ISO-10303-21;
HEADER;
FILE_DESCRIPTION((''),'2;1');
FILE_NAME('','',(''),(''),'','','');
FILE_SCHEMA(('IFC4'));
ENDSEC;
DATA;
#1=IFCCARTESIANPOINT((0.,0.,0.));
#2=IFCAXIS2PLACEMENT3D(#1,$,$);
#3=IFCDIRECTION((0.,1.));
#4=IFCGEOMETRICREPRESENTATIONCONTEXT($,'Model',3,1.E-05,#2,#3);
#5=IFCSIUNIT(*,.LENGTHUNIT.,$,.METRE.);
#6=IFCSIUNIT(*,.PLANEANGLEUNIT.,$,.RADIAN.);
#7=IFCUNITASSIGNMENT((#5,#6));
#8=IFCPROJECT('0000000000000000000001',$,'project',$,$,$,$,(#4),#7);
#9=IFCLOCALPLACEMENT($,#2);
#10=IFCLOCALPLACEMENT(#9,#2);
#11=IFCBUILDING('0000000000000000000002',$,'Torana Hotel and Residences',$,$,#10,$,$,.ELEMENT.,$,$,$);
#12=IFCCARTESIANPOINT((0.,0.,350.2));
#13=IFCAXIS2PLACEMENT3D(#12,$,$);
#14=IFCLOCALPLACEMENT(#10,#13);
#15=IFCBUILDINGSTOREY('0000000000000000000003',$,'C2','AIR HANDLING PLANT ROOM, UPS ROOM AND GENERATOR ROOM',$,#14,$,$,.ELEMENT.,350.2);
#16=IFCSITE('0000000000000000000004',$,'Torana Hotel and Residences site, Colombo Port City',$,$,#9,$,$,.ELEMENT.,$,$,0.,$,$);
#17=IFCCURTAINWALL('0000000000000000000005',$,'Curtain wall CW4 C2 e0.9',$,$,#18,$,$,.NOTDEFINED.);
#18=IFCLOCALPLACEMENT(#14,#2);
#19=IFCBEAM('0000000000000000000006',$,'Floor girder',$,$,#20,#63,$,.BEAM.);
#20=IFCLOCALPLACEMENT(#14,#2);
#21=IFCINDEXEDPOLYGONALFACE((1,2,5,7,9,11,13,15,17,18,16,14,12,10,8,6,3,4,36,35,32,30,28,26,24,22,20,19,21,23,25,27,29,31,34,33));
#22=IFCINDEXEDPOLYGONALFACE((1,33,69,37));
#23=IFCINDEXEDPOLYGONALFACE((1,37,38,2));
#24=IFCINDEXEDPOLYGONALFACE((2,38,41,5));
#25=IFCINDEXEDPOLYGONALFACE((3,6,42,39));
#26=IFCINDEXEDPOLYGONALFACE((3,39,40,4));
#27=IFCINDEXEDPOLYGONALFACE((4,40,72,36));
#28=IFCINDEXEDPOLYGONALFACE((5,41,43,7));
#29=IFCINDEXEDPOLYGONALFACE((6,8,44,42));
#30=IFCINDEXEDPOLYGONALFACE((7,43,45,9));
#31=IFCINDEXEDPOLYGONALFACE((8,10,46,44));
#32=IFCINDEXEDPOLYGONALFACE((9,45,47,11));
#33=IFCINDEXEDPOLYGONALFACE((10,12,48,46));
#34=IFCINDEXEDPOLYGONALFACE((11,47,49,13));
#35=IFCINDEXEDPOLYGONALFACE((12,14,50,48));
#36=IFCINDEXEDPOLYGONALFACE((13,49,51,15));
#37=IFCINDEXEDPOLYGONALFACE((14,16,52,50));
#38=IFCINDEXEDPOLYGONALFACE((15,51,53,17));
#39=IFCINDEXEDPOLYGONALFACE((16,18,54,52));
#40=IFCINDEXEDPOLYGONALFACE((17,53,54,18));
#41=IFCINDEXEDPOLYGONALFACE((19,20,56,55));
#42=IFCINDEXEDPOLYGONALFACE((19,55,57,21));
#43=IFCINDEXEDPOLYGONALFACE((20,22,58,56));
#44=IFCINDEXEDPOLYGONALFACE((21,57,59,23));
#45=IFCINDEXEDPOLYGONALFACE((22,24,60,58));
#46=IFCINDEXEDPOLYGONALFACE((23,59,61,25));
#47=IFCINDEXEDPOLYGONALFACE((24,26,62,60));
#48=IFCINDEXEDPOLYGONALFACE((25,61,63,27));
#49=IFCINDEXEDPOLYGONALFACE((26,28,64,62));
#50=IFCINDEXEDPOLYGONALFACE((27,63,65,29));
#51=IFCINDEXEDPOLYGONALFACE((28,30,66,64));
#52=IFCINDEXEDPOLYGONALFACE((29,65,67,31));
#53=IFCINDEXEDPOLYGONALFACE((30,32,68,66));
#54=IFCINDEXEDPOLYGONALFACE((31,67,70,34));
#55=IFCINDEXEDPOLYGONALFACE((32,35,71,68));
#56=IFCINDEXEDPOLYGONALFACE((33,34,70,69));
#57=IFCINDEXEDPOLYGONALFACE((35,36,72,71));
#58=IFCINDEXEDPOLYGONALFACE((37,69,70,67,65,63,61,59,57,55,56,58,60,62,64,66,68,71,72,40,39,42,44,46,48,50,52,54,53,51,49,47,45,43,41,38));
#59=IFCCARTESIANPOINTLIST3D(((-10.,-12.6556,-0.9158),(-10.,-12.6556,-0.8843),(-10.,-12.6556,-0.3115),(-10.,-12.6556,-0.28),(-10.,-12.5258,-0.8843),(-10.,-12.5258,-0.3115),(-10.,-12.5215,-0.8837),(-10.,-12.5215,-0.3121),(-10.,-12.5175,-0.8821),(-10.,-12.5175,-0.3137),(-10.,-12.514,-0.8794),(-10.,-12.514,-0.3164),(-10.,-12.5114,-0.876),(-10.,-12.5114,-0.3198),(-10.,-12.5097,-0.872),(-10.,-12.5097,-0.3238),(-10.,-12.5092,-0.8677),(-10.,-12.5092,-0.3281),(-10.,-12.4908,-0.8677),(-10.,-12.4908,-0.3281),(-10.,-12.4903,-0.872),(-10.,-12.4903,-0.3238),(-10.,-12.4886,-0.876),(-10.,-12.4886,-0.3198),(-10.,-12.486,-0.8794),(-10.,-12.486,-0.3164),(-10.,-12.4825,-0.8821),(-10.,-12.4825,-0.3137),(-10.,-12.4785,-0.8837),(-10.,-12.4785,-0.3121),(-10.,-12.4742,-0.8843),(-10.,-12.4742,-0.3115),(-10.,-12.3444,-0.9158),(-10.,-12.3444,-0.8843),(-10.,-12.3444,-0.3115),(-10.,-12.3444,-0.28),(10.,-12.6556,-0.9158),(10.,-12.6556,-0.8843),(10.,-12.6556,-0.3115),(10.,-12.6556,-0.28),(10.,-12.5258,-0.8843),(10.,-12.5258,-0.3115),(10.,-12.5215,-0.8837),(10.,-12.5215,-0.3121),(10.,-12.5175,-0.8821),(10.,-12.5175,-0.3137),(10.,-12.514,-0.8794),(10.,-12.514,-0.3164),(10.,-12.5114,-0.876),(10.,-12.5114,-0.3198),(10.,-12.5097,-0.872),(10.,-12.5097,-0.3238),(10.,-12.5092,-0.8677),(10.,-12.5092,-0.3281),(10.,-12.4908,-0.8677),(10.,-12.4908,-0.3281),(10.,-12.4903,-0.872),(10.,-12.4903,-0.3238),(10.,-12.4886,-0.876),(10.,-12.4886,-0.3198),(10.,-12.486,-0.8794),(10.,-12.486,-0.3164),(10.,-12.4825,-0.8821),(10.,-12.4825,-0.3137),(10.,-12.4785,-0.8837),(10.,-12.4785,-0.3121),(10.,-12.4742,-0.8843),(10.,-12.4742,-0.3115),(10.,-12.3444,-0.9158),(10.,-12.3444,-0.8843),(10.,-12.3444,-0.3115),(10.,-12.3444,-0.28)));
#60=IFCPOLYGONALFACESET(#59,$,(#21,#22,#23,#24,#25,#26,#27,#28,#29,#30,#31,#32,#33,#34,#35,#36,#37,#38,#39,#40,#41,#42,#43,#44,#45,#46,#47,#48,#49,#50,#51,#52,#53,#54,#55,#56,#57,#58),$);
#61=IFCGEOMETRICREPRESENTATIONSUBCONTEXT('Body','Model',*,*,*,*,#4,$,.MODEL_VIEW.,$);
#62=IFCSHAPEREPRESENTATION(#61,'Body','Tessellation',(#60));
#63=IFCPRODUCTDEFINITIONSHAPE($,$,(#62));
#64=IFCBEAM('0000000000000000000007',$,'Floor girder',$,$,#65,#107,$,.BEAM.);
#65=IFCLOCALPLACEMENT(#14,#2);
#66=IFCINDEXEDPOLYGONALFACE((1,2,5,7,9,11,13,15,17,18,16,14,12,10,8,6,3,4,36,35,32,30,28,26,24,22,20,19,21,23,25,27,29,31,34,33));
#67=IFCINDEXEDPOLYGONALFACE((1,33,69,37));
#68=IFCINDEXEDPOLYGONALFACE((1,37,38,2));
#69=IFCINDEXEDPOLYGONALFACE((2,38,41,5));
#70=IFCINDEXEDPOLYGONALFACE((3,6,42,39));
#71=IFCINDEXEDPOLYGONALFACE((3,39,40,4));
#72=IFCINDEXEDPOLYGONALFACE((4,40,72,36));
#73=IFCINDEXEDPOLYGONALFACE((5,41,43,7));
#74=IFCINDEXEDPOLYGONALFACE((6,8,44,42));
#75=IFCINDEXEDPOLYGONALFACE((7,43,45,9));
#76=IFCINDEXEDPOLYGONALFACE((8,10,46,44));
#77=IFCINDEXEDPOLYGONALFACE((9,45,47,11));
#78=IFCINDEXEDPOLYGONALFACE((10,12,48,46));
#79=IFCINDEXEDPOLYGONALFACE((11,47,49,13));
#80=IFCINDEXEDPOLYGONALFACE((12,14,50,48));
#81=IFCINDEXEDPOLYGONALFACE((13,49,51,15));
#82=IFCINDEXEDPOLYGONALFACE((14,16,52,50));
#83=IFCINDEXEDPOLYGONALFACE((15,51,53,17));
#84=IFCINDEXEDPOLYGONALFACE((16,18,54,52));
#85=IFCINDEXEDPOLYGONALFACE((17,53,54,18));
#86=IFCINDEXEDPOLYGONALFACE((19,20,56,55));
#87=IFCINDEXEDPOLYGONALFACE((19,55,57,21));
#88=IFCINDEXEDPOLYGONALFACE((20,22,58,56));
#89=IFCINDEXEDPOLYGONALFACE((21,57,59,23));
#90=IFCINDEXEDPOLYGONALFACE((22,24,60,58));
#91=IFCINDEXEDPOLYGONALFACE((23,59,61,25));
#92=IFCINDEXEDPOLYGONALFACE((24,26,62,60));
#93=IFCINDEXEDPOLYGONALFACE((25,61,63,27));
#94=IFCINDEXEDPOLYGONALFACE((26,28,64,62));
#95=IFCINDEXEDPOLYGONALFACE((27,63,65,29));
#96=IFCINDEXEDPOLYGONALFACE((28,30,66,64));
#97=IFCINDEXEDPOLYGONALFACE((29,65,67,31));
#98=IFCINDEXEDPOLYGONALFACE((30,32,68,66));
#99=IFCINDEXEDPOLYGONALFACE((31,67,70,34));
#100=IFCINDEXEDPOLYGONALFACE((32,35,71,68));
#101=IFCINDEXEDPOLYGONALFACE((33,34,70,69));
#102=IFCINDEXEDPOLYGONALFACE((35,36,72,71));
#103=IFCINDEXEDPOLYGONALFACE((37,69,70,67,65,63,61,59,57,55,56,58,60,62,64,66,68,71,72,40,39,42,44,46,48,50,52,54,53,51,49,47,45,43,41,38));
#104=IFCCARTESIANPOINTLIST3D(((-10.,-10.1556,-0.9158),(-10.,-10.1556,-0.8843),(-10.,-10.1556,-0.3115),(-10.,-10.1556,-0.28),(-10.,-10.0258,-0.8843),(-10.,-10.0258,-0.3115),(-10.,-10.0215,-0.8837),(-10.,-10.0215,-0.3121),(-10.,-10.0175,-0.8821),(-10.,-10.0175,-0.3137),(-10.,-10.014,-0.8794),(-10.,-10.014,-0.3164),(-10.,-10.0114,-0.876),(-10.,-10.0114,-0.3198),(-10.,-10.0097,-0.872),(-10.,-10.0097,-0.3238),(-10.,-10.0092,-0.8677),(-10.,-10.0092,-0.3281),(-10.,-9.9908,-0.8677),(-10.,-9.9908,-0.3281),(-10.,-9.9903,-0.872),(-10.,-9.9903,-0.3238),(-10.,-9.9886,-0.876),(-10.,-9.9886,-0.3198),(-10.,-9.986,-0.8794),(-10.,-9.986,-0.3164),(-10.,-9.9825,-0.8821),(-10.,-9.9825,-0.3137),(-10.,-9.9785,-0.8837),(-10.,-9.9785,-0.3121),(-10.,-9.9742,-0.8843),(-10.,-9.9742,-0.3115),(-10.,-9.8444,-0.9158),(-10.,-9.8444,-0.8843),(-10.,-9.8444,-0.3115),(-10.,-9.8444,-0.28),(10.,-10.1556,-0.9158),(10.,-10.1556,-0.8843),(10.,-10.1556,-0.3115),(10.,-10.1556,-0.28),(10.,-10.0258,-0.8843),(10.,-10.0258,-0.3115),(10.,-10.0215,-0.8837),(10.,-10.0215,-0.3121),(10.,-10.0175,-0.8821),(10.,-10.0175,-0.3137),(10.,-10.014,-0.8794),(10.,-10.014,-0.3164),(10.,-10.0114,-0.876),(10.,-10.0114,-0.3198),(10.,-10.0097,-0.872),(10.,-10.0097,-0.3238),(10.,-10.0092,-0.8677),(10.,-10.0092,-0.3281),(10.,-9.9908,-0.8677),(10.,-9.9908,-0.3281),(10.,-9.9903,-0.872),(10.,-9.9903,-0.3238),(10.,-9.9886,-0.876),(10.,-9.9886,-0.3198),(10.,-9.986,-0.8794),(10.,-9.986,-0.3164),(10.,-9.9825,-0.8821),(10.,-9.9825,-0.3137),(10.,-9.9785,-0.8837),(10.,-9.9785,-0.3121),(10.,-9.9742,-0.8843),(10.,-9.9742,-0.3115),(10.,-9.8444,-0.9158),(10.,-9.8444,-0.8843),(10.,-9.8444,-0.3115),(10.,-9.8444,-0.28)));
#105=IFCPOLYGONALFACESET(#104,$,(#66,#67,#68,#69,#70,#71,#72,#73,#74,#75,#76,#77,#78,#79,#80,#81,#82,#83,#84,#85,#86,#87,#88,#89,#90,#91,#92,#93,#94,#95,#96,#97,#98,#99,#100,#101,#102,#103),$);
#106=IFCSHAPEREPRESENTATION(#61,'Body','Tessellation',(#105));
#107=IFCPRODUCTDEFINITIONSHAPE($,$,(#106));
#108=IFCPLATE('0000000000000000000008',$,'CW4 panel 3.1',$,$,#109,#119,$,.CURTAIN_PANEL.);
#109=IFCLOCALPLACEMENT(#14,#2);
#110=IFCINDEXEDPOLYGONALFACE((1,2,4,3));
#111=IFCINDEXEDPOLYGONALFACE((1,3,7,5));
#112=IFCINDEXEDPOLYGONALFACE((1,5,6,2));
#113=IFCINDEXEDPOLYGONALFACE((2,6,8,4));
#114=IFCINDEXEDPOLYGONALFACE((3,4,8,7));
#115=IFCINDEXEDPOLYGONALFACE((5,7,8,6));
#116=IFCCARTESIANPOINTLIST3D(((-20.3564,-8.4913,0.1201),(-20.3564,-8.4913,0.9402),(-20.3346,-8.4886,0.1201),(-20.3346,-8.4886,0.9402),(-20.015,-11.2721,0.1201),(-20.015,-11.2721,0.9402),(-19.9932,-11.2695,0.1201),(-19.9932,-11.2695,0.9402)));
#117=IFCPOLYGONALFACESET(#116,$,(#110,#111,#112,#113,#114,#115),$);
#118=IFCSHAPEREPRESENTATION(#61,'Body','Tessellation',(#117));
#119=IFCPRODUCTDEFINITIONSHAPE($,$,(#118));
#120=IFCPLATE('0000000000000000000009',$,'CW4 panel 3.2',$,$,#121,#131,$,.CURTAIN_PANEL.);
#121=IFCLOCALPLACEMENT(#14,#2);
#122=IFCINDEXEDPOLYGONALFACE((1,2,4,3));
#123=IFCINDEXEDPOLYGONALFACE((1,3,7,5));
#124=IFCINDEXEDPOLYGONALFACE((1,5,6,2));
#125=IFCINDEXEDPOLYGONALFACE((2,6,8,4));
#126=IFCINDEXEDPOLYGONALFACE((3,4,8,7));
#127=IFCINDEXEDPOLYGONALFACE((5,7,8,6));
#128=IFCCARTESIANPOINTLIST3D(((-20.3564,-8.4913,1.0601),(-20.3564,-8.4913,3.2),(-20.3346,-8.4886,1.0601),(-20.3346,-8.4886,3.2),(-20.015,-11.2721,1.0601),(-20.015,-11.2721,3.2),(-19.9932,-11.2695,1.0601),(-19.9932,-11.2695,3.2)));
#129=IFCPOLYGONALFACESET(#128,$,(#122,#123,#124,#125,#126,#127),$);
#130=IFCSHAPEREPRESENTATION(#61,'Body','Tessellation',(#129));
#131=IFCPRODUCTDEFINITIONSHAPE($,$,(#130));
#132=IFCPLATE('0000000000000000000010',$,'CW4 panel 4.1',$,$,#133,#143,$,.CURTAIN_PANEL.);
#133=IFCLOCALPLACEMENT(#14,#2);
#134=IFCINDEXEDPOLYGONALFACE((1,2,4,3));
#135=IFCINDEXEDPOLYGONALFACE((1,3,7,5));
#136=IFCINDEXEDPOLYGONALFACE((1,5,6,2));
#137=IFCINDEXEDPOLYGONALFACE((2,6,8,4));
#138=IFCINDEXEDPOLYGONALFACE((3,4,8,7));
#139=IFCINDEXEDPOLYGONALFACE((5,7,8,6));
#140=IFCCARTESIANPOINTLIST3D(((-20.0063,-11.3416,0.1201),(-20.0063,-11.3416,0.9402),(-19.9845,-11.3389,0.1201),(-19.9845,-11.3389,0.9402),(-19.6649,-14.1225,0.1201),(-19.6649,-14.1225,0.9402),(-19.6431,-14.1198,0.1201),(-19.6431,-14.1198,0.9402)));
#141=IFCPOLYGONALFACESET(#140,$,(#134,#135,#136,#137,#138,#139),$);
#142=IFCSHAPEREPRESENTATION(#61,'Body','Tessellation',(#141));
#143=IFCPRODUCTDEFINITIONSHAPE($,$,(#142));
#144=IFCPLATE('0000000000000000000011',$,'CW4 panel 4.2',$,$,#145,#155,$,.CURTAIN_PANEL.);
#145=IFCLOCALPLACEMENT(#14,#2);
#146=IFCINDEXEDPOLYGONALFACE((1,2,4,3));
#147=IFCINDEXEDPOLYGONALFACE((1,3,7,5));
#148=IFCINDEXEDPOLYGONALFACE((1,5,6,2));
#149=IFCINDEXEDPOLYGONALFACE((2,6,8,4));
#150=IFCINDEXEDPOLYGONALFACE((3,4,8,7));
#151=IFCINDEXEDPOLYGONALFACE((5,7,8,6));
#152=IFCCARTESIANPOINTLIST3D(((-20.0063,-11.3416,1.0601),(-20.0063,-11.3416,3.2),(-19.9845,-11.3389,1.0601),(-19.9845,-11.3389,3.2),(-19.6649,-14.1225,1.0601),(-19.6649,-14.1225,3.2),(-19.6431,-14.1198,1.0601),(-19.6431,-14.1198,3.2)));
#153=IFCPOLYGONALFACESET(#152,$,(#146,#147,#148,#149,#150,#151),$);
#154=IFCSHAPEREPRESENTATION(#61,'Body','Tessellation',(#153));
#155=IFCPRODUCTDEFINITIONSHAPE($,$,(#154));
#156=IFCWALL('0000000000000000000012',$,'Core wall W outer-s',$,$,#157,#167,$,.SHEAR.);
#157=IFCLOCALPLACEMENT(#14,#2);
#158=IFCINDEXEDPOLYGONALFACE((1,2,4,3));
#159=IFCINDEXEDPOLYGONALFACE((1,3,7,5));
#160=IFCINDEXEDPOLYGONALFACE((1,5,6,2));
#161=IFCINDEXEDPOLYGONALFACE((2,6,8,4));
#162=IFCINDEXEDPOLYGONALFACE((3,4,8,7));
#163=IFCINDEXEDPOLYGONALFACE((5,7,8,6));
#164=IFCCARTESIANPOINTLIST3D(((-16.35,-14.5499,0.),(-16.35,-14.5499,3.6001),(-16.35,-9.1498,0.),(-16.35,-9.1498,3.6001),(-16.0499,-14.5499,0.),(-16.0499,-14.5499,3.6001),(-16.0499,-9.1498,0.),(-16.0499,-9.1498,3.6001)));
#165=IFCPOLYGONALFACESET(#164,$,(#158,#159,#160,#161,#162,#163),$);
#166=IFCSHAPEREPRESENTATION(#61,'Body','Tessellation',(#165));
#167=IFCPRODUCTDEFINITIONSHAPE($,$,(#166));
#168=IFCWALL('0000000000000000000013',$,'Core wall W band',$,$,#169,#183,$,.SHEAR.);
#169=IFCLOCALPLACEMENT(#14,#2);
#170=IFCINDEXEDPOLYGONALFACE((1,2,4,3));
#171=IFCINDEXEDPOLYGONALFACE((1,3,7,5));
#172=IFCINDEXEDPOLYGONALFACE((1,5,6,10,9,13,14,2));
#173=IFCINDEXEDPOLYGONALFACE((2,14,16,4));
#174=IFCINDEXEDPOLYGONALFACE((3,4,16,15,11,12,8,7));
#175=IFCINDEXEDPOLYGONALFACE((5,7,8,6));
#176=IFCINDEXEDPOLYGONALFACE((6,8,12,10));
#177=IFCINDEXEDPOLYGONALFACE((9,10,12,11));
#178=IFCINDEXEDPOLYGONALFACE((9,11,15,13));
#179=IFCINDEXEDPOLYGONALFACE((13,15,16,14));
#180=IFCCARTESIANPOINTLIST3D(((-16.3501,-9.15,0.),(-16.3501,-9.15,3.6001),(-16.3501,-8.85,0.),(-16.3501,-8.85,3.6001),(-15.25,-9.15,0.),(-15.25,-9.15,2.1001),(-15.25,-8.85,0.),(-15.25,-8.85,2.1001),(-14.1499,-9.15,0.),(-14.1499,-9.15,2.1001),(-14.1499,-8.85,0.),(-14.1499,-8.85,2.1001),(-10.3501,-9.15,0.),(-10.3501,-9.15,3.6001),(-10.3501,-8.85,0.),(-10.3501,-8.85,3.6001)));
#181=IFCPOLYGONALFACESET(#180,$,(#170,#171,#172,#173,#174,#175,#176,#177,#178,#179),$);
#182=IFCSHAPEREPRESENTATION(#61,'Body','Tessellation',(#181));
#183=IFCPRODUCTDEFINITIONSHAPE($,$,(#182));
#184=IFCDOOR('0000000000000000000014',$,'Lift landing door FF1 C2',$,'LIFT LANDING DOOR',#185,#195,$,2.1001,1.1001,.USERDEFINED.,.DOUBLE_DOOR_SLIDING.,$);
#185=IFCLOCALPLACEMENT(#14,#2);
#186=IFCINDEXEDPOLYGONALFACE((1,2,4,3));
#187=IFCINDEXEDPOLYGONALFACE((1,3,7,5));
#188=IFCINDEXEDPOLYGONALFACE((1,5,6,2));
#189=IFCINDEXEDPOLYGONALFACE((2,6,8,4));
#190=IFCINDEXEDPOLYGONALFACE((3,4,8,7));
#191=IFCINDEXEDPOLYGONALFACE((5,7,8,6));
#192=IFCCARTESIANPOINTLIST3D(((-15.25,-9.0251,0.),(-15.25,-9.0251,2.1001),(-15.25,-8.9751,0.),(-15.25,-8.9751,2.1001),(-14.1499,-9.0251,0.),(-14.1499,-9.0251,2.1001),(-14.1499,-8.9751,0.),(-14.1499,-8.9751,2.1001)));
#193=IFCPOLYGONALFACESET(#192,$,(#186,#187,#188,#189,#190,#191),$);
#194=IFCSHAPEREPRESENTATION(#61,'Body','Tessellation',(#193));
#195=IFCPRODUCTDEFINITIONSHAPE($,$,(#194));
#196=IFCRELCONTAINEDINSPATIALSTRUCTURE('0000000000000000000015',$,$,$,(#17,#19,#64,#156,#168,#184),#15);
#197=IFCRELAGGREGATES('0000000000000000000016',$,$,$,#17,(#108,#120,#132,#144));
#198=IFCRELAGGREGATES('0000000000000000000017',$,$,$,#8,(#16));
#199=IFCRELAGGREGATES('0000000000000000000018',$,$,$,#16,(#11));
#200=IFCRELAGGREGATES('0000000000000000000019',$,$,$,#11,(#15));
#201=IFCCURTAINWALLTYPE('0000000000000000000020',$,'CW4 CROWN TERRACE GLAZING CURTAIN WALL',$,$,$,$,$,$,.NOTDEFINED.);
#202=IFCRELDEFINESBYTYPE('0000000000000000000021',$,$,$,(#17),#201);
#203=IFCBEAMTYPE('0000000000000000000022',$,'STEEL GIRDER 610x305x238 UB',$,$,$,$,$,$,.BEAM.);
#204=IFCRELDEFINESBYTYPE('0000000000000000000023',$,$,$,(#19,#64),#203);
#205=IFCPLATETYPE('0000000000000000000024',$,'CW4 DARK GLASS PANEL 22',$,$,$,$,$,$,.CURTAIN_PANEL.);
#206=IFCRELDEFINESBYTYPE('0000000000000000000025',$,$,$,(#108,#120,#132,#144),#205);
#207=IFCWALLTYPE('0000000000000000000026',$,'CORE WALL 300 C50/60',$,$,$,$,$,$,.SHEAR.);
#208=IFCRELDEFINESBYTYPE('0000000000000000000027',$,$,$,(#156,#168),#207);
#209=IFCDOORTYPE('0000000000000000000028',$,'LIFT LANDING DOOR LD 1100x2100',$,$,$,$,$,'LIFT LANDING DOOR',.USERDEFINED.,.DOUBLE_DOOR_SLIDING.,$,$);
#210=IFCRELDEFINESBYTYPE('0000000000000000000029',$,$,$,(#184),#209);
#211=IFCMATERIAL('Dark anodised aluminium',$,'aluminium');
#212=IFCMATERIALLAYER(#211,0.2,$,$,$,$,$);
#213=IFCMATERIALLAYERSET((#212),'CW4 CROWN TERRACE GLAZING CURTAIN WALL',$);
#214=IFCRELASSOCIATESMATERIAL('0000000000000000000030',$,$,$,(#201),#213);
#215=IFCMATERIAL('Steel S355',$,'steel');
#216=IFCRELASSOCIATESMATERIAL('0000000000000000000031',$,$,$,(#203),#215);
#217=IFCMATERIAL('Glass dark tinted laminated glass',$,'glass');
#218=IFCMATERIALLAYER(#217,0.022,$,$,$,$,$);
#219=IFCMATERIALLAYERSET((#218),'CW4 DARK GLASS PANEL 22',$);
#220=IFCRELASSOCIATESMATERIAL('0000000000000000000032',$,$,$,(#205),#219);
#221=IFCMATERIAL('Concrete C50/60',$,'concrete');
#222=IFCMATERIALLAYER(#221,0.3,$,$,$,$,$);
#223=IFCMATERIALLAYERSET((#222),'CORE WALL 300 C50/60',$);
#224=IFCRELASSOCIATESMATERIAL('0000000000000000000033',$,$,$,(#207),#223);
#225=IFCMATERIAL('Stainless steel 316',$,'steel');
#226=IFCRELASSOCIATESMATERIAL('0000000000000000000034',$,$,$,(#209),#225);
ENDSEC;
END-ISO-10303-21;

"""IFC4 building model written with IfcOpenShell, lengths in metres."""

from ifc_helpers import new_model, si_unit, direction, frame, frame_2d, origin, origin_2d, place, context, subcontext, project, spatial, rectangle, i_section, extrude, material, layer, layer_set, material_profile, profile_set, type_object, element, fill, aggregate, save


model = new_model("IFC4")

# Units and contexts
model_context = context("Model", 3, precision=1e-05, world=origin(), true_north=direction((0.0, 1.0)))
body_context = subcontext(model_context, "Body", "Model", "MODEL_VIEW")
ifc_project = project(units=[si_unit("LENGTHUNIT", "METRE"), si_unit("PLANEANGLEUNIT", "RADIAN")], contexts=[model_context])

# Site, building, storey
site_placement = place(None, origin())
site = spatial("IfcSite", under=ifc_project, at=site_placement, Name="Torana Hotel and Residences site, Colombo Port City", CompositionType="ELEMENT", RefElevation=0.0)
building_placement = place(site_placement, origin())
building = spatial("IfcBuilding", under=site, at=building_placement, Name="Torana Hotel and Residences", CompositionType="ELEMENT")
storey_placement = place(building_placement, frame((0.0, 0.0, 350.2)))
storey = spatial("IfcBuildingStorey", under=building, at=storey_placement, Name="C2", Description="AIR HANDLING PLANT ROOM, UPS ROOM AND GENERATOR ROOM", CompositionType="ELEMENT", Elevation=350.2)

# Curtain wall
ifc_material_1 = material(Name="Dark anodised aluminium", Category="aluminium")
ifc_layer_1 = layer(ifc_material_1, 0.2)
ifc_layer_set_1 = layer_set([ifc_layer_1], Name="CW4 CROWN TERRACE GLAZING CURTAIN WALL")
curtain_wall_type = type_object("IfcCurtainWallType", Name="CW4 CROWN TERRACE GLAZING CURTAIN WALL", PredefinedType="NOTDEFINED", material=ifc_layer_set_1)
curtain_wall_placement = place(storey_placement, origin())
curtain_wall = element("IfcCurtainWall", 1, at=curtain_wall_placement, inside=storey, type_object=curtain_wall_type, Name="Curtain wall CW4 C2 e0.9", PredefinedType="NOTDEFINED")

# Beams
ifc_material_2 = material(Name="Steel S355", Category="steel")
ifc_material_profile_1 = material_profile(ifc_material_2, i_section(OverallWidth=0.3113, OverallDepth=0.6357, WebThickness=0.0183, FlangeThickness=0.0315, FilletRadius=0.0166, at=origin_2d()), Name="610x305x238 UB")
ifc_profile_set_1 = profile_set([ifc_material_profile_1], Name="Steel S355")
beam_type = type_object("IfcBeamType", Name="STEEL GIRDER 610x305x238 UB", PredefinedType="BEAM", material=ifc_profile_set_1)
for number, where, z_axis, x_axis, name in (
    (2, (-10.0, -12.5, -0.5979), (1.0, 0.0, 0.0), (0.0, 1.0, 0.0), "Floor girder"),
    (3, (-10.0, -10.0, -0.5979), (1.0, 0.0, 0.0), (0.0, 1.0, 0.0), "Floor girder"),
):
    element("IfcBeam", number, at=place(storey_placement, frame(where, z_axis=z_axis, x_axis=x_axis)), inside=storey, type_object=beam_type, Name=name, PredefinedType="BEAM", context=body_context, shape_type="SweptSolid", body=[
        extrude(i_section(OverallWidth=0.3113, OverallDepth=0.6357, WebThickness=0.0183, FlangeThickness=0.0315, FilletRadius=0.0166, at=origin_2d()), origin(), (0.0, 0.0, 1.0), 20.0),
    ])

# Plates
ifc_material_3 = material(Name="Glass dark tinted laminated glass", Category="glass")
ifc_layer_2 = layer(ifc_material_3, 0.022)
ifc_layer_set_2 = layer_set([ifc_layer_2], Name="CW4 DARK GLASS PANEL 22")
plate_type = type_object("IfcPlateType", Name="CW4 DARK GLASS PANEL 22", PredefinedType="CURTAIN_PANEL", material=ifc_layer_set_2)
plate_1_placement = place(storey_placement, frame((-20.1748, -9.8804, 0.1201), z_axis=(0.0, 0.0, 1.0), x_axis=(0.121869, -0.992546, 0.0)))
plate_1 = element("IfcPlate", 4, at=plate_1_placement, type_object=plate_type, Name="CW4 panel 3.1", PredefinedType="CURTAIN_PANEL", context=body_context, shape_type="SweptSolid", body=[
    extrude(rectangle(XDim=2.8018, YDim=0.022, at=origin_2d()), origin(), (0.0, 0.0, 1.0), 0.8201),
])
plate_2_placement = place(storey_placement, frame((-20.1748, -9.8804, 1.0601), z_axis=(0.0, 0.0, 1.0), x_axis=(0.121869, -0.992546, 0.0)))
plate_2 = element("IfcPlate", 5, at=plate_2_placement, type_object=plate_type, Name="CW4 panel 3.2", PredefinedType="CURTAIN_PANEL", context=body_context, shape_type="SweptSolid", body=[
    extrude(rectangle(XDim=2.8018, YDim=0.022, at=origin_2d()), origin(), (0.0, 0.0, 1.0), 2.1399),
])
plate_3_placement = place(storey_placement, frame((-19.8247, -12.7307, 0.1201), z_axis=(0.0, 0.0, 1.0), x_axis=(0.121869, -0.992546, 0.0)))
plate_3 = element("IfcPlate", 6, at=plate_3_placement, type_object=plate_type, Name="CW4 panel 4.1", PredefinedType="CURTAIN_PANEL", context=body_context, shape_type="SweptSolid", body=[
    extrude(rectangle(XDim=2.8018, YDim=0.022, at=origin_2d()), origin(), (0.0, 0.0, 1.0), 0.8201),
])
plate_4_placement = place(storey_placement, frame((-19.8247, -12.7307, 1.0601), z_axis=(0.0, 0.0, 1.0), x_axis=(0.121869, -0.992546, 0.0)))
plate_4 = element("IfcPlate", 7, at=plate_4_placement, type_object=plate_type, Name="CW4 panel 4.2", PredefinedType="CURTAIN_PANEL", context=body_context, shape_type="SweptSolid", body=[
    extrude(rectangle(XDim=2.8018, YDim=0.022, at=origin_2d()), origin(), (0.0, 0.0, 1.0), 2.1399),
])
aggregate(curtain_wall, [plate_1, plate_2, plate_3, plate_4])

# Wall
ifc_material_4 = material(Name="Concrete C50/60", Category="concrete")
ifc_layer_3 = layer(ifc_material_4, 0.3)
ifc_layer_set_3 = layer_set([ifc_layer_3], Name="CORE WALL 300 C50/60")
wall_type_1 = type_object("IfcWallType", Name="CORE WALL 300 C50/60", PredefinedType="SHEAR", material=ifc_layer_set_3)
wall_1_placement = place(storey_placement, frame((-16.2, -14.55, 0.0), z_axis=(0.0, 0.0, 1.0), x_axis=(0.0, 1.0, 0.0)))
element("IfcWall", 8, at=wall_1_placement, inside=storey, type_object=wall_type_1, Name="Core wall W outer-s", PredefinedType="SHEAR", context=body_context, shape_type="SweptSolid", body=[
    extrude(rectangle(XDim=5.4001, YDim=0.3, at=frame_2d((2.7002, 0.0))), origin(), (0.0, 0.0, 1.0), 3.6001),
])

# Wall, opening, door
wall_2_placement = place(storey_placement, frame((-16.3501, -9.0, 0.0), z_axis=(0.0, 0.0, 1.0), x_axis=(1.0, 0.0, 0.0)))
wall_2 = element("IfcWall", 9, at=wall_2_placement, inside=storey, type_object=wall_type_1, Name="Core wall W band", PredefinedType="SHEAR", context=body_context, shape_type="SweptSolid", body=[
    extrude(rectangle(XDim=6.0, YDim=0.3, at=frame_2d((3.0, 0.0))), origin(), (0.0, 0.0, 1.0), 3.6001),
])
opening_1_placement = place(wall_2_placement, frame((1.1001, 0.0, 0.0)))
opening_1 = element("IfcOpeningElement", 10, at=opening_1_placement, cuts=wall_2, PredefinedType="OPENING", context=body_context, shape_type="SweptSolid", body=[
    extrude(rectangle(XDim=1.1001, YDim=2.1001, at=frame_2d((0.55, 1.05))), frame((0.0, 0.1599, 0.0), z_axis=(0.0, -1.0, 0.0), x_axis=(1.0, 0.0, 0.0)), (0.0, 0.0, 1.0), 0.3201),
])
ifc_material_5 = material(Name="Stainless steel 316", Category="steel")
door_type_1 = type_object("IfcDoorType", Name="LIFT LANDING DOOR LD 1100x2100", ElementType="LIFT LANDING DOOR", OperationType="DOUBLE_DOOR_SLIDING", PredefinedType="USERDEFINED", material=ifc_material_5)
door_1_placement = place(opening_1_placement, origin())
door_1 = element("IfcDoor", 11, at=door_1_placement, inside=storey, type_object=door_type_1, Name="Lift landing door FF1 C2", ObjectType="LIFT LANDING DOOR", OperationType="DOUBLE_DOOR_SLIDING", OverallHeight=2.1001, OverallWidth=1.1001, PredefinedType="USERDEFINED", context=body_context, shape_type="SweptSolid", body=[
    extrude(rectangle(XDim=1.1001, YDim=2.1001, at=frame_2d((0.55, 1.05))), frame((0.0, 0.0249, 0.0), z_axis=(0.0, -1.0, 0.0), x_axis=(1.0, 0.0, 0.0)), (0.0, 0.0, 1.0), 0.05),
])
fill(opening_1, door_1)

save(model, "model.ifc")
